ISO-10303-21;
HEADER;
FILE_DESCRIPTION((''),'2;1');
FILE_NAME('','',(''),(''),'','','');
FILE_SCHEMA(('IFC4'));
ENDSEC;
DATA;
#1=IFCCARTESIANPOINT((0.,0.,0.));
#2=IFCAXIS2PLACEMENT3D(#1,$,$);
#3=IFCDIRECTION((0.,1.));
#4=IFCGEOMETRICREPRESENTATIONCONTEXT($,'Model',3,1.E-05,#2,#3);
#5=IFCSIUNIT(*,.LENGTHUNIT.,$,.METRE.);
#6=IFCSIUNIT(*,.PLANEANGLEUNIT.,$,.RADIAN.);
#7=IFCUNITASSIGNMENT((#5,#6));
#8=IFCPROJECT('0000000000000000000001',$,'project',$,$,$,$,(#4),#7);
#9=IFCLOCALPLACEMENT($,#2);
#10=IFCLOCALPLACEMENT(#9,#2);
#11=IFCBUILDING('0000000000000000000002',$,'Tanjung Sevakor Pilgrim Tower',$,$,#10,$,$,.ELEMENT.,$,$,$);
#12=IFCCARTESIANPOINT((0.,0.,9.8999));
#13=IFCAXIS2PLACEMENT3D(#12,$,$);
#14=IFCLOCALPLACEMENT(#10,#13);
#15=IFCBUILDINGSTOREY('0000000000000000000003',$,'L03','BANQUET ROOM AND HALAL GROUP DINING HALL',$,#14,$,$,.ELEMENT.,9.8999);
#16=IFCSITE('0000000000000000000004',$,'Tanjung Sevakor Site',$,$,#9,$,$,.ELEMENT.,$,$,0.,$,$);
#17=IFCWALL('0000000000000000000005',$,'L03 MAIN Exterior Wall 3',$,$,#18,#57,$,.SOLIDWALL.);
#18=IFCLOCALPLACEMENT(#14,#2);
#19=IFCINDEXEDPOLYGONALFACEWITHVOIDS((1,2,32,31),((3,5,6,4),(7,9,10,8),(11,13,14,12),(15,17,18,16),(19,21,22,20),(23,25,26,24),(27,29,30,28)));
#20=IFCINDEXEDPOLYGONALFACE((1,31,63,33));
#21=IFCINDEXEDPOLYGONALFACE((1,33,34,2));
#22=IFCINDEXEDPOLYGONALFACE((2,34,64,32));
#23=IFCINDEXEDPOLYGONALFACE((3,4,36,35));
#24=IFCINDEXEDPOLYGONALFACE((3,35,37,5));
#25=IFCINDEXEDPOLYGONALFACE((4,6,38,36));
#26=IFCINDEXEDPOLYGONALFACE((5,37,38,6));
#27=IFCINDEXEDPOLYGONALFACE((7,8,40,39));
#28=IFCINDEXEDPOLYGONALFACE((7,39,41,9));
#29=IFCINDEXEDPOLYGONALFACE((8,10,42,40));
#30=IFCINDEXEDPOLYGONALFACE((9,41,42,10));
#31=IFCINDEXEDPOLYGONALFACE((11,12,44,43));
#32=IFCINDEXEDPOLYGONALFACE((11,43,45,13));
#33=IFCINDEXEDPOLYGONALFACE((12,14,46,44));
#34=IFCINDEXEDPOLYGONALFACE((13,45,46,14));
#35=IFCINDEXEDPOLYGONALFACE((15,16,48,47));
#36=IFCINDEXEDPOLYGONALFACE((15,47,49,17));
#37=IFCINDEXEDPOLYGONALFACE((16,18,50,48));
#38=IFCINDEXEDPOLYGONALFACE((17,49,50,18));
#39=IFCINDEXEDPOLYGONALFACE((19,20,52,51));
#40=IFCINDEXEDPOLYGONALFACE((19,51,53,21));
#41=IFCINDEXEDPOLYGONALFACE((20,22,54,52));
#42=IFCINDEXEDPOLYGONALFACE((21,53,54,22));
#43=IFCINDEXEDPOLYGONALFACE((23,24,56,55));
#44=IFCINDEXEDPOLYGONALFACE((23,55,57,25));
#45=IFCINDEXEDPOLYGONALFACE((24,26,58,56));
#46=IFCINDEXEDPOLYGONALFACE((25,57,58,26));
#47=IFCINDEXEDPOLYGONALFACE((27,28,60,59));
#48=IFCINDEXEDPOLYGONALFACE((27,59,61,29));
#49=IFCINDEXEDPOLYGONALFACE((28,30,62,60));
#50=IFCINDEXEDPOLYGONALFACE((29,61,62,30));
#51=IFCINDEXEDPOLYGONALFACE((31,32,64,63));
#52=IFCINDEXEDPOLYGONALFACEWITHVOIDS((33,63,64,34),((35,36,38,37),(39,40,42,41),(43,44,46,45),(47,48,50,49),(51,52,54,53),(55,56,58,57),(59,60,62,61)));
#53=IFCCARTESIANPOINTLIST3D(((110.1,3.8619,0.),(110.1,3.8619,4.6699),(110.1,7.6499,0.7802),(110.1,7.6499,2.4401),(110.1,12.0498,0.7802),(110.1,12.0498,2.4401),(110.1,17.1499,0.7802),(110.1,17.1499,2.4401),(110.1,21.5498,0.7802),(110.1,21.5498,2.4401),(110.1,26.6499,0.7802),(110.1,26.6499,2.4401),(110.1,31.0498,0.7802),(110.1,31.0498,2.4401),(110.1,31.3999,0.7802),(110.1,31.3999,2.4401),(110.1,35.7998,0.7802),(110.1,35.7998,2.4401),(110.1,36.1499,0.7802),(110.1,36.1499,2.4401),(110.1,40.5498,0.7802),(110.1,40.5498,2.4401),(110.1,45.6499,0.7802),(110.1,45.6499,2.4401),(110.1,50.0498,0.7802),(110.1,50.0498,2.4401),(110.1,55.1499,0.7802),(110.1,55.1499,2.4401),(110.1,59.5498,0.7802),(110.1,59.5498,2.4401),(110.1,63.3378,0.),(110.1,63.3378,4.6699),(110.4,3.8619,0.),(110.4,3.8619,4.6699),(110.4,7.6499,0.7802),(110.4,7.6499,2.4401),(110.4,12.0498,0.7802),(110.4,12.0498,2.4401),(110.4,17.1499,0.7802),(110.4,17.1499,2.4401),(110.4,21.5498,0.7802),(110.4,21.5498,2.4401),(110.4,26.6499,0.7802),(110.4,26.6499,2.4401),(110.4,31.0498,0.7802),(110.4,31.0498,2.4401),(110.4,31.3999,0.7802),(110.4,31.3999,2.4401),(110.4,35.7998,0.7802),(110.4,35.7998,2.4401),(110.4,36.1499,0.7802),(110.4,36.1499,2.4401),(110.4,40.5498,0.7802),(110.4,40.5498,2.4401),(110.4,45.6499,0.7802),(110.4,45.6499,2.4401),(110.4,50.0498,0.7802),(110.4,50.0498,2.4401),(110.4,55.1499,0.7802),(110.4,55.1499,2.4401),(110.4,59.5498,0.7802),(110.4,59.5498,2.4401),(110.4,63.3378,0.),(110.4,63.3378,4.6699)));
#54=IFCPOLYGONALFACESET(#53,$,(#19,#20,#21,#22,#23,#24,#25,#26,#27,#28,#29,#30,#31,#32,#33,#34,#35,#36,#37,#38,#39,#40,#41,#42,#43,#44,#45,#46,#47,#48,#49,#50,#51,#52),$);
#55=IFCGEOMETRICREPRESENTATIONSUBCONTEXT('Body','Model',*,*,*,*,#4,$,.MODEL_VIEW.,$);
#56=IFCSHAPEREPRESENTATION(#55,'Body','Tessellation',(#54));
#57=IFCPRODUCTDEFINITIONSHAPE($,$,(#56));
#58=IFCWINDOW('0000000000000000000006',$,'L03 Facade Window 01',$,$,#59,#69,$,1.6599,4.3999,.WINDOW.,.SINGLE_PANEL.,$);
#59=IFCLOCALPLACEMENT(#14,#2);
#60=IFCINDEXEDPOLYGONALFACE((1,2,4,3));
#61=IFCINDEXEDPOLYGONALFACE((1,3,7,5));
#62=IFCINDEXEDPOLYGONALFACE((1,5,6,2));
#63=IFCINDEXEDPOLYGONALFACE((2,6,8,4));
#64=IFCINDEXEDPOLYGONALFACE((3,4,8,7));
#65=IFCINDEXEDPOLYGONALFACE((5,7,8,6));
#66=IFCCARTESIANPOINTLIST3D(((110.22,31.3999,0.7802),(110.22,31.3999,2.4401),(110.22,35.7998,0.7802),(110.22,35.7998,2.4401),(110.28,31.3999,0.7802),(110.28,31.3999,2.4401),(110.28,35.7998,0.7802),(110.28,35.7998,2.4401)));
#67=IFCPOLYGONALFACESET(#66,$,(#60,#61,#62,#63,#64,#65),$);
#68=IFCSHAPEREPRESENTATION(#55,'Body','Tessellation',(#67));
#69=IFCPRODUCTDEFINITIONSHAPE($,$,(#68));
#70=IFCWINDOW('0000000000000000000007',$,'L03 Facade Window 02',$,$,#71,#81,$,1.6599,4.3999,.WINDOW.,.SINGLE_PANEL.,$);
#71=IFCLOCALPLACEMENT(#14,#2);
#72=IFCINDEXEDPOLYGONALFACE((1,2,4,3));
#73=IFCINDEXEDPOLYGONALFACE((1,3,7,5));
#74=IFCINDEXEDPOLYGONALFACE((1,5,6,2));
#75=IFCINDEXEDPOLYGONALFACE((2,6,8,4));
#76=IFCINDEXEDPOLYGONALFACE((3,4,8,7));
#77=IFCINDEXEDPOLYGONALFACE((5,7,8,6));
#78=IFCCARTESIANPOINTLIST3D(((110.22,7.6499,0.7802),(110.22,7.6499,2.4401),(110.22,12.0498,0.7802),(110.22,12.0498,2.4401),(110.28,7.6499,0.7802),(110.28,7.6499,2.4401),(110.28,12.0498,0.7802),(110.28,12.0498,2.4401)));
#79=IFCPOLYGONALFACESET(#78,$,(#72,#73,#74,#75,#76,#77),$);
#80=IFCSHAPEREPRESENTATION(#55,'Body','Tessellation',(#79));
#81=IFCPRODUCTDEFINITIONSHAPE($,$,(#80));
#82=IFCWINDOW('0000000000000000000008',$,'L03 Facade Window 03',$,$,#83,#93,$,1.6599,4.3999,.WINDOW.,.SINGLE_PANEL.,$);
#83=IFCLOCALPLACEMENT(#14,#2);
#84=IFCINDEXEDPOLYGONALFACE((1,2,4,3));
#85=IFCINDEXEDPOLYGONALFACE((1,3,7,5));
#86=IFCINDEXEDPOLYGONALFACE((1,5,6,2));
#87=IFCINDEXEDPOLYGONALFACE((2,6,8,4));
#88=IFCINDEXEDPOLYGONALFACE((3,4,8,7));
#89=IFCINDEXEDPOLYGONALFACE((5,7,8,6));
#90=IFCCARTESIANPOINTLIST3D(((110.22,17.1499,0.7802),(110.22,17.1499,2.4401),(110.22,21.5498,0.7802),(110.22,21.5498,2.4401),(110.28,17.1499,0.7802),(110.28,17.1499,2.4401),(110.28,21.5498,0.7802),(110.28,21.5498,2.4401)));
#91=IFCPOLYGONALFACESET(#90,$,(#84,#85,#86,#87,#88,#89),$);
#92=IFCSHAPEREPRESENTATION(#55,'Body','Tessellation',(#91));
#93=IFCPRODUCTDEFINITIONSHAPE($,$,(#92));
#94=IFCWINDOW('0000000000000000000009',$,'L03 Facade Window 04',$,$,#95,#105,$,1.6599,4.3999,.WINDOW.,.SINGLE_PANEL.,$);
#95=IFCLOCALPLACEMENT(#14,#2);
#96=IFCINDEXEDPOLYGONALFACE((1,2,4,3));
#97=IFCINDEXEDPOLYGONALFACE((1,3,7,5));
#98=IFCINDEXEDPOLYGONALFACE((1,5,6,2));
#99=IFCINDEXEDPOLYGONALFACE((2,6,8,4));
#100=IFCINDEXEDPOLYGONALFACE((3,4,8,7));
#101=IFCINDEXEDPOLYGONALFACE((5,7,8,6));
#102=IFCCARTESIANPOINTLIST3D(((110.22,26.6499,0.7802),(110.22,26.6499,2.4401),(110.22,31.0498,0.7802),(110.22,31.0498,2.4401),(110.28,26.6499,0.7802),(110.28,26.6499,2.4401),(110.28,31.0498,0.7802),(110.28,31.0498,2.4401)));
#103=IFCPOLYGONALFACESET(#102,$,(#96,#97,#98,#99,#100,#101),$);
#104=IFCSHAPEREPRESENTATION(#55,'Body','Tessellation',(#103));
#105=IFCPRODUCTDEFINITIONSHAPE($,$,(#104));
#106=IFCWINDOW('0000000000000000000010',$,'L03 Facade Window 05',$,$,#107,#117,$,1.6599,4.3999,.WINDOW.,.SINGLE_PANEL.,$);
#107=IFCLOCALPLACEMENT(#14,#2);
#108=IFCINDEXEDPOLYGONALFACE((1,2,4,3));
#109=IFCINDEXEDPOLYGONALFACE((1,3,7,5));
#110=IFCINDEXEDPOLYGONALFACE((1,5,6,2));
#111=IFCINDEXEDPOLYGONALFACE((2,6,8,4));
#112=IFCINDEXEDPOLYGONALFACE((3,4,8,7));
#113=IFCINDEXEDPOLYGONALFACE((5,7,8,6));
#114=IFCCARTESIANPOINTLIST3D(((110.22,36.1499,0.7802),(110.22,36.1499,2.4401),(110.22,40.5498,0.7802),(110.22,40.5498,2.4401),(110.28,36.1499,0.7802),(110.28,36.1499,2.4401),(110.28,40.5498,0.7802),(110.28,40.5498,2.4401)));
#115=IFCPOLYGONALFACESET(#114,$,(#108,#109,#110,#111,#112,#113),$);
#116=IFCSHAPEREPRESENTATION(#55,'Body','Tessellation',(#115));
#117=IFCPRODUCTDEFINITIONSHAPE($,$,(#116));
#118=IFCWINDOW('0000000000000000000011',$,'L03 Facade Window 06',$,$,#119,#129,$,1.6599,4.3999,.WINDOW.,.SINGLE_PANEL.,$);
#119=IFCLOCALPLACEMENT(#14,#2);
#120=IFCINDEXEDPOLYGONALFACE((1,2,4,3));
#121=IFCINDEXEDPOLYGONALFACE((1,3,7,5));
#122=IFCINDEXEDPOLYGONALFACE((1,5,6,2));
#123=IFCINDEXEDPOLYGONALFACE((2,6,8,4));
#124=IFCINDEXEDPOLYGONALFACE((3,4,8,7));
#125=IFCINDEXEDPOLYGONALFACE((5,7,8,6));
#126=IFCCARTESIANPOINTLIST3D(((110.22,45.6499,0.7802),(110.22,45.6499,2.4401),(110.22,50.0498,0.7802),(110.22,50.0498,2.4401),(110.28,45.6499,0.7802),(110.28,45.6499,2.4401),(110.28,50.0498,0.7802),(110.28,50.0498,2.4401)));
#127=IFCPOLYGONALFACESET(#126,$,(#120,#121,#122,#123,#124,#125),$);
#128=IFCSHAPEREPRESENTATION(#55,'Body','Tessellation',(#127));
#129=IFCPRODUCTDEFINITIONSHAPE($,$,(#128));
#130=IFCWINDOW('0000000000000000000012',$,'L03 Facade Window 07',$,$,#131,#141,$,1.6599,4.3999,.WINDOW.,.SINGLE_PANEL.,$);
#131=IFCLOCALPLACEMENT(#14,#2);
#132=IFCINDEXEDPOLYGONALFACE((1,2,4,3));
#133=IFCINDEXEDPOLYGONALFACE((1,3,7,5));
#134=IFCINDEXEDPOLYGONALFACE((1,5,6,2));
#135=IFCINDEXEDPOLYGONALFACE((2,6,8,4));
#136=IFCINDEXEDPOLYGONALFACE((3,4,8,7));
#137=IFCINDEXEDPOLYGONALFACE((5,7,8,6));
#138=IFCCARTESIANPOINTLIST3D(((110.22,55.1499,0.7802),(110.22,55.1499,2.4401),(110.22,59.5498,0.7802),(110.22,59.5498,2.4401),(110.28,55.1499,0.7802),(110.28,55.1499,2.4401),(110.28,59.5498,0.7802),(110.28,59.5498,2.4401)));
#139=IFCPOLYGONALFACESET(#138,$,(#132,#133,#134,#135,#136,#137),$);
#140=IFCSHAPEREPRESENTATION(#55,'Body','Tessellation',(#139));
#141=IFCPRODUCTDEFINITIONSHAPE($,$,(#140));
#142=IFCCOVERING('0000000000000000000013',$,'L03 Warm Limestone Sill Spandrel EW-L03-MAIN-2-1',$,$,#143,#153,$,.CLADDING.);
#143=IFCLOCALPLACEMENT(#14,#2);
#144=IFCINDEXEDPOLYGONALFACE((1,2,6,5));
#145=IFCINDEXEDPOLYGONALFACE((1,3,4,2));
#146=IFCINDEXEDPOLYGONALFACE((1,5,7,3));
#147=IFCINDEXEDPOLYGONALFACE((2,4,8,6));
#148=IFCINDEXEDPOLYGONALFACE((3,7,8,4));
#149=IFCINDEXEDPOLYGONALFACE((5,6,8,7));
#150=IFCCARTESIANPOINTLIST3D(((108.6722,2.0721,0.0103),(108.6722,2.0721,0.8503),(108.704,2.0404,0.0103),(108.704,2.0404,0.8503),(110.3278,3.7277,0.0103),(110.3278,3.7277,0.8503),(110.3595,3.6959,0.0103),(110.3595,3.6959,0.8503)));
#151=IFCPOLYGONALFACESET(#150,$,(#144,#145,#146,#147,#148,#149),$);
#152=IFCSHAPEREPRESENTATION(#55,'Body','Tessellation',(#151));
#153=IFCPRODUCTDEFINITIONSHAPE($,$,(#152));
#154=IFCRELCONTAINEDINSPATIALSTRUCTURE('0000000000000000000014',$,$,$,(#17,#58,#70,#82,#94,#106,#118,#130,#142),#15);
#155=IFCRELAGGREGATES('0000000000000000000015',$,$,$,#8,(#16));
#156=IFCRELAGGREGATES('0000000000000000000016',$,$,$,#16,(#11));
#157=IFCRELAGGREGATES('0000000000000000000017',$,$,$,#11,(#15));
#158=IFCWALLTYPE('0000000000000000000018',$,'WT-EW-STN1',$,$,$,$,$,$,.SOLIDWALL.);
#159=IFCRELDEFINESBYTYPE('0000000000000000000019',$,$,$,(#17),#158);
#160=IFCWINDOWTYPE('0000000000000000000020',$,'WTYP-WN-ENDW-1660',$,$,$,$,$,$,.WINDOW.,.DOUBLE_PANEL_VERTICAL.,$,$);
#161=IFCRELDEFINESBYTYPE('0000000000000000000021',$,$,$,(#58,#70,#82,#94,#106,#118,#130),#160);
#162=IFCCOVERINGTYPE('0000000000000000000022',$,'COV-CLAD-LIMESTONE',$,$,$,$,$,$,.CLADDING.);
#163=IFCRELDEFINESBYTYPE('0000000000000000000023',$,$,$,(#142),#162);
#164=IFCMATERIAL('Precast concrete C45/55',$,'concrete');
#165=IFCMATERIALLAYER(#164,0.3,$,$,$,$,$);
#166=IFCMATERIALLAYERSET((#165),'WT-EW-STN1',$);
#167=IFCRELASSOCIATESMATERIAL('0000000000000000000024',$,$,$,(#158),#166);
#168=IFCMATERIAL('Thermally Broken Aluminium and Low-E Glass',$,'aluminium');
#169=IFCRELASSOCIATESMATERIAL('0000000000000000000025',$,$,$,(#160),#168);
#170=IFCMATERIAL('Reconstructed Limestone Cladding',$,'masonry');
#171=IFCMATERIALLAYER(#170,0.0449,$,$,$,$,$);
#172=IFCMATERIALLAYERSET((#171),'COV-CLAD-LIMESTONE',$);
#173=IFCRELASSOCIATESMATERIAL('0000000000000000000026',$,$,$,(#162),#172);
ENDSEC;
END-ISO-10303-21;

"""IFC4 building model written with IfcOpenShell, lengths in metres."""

from ifc_helpers import new_model, si_unit, direction, frame, frame_2d, origin, origin_2d, place, context, subcontext, project, spatial, rectangle, extrude, material, layer, layer_set, type_object, element, fill, save


model = new_model("IFC4")

# Units and contexts
model_context = context("Model", 3, precision=1e-05, world=origin(), true_north=direction((0.0, 1.0)))
body_context = subcontext(model_context, "Body", "Model", "MODEL_VIEW")
ifc_project = project(units=[si_unit("LENGTHUNIT", "METRE"), si_unit("PLANEANGLEUNIT", "RADIAN")], contexts=[model_context])

# Site, building, storey
site_placement = place(None, origin())
site = spatial("IfcSite", under=ifc_project, at=site_placement, Name="Tanjung Sevakor Site", CompositionType="ELEMENT", RefElevation=0.0)
building_placement = place(site_placement, origin())
building = spatial("IfcBuilding", under=site, at=building_placement, Name="Tanjung Sevakor Pilgrim Tower", CompositionType="ELEMENT")
storey_placement = place(building_placement, frame((0.0, 0.0, 9.8999)))
storey = spatial("IfcBuildingStorey", under=building, at=storey_placement, Name="L03", Description="BANQUET ROOM AND HALAL GROUP DINING HALL", CompositionType="ELEMENT", Elevation=9.8999)

# Shared definitions
ifc_material_1 = material(Name="Precast concrete C45/55", Category="concrete")
ifc_layer_1 = layer(ifc_material_1, 0.3)
ifc_layer_set_1 = layer_set([ifc_layer_1], Name="WT-EW-STN1")
wall_type = type_object("IfcWallType", Name="WT-EW-STN1", PredefinedType="SOLIDWALL", material=ifc_layer_set_1)

# Wall, openings, windows
wall_1_placement = place(storey_placement, frame((110.25, 3.8621, 0.0), z_axis=(0.0, 0.0, 1.0), x_axis=(0.0, 1.0, 0.0)))
wall_1 = element("IfcWall", 1, at=wall_1_placement, inside=storey, type_object=wall_type, Name="L03 MAIN Exterior Wall 3", PredefinedType="SOLIDWALL", context=body_context, shape_type="SweptSolid", body=[
    extrude(rectangle(XDim=59.4758, YDim=0.3, at=frame_2d((29.7378, 0.0))), origin(), (0.0, 0.0, 1.0), 4.6699),
])
opening_1_placement = place(wall_1_placement, frame((27.5378, 0.0, 0.78)))
opening_1 = element("IfcOpeningElement", 2, at=opening_1_placement, cuts=wall_1, PredefinedType="OPENING", context=body_context, shape_type="SweptSolid", body=[
    extrude(rectangle(XDim=4.3999, YDim=1.6599, at=frame_2d((2.2, 0.8301))), frame((0.0, 0.1599, 0.0), z_axis=(0.0, -1.0, 0.0), x_axis=(1.0, 0.0, 0.0)), (0.0, 0.0, 1.0), 0.3201),
])
opening_2_placement = place(wall_1_placement, frame((3.7878, 0.0, 0.78)))
opening_2 = element("IfcOpeningElement", 3, at=opening_2_placement, cuts=wall_1, PredefinedType="OPENING", context=body_context, shape_type="SweptSolid", body=[
    extrude(rectangle(XDim=4.3999, YDim=1.6599, at=frame_2d((2.2, 0.8301))), frame((0.0, 0.1599, 0.0), z_axis=(0.0, -1.0, 0.0), x_axis=(1.0, 0.0, 0.0)), (0.0, 0.0, 1.0), 0.3201),
])
opening_3_placement = place(wall_1_placement, frame((13.2878, 0.0, 0.78)))
opening_3 = element("IfcOpeningElement", 4, at=opening_3_placement, cuts=wall_1, PredefinedType="OPENING", context=body_context, shape_type="SweptSolid", body=[
    extrude(rectangle(XDim=4.3999, YDim=1.6599, at=frame_2d((2.2, 0.8301))), frame((0.0, 0.1599, 0.0), z_axis=(0.0, -1.0, 0.0), x_axis=(1.0, 0.0, 0.0)), (0.0, 0.0, 1.0), 0.3201),
])
opening_4_placement = place(wall_1_placement, frame((22.7878, 0.0, 0.78)))
opening_4 = element("IfcOpeningElement", 5, at=opening_4_placement, cuts=wall_1, PredefinedType="OPENING", context=body_context, shape_type="SweptSolid", body=[
    extrude(rectangle(XDim=4.3999, YDim=1.6599, at=frame_2d((2.2, 0.8301))), frame((0.0, 0.1599, 0.0), z_axis=(0.0, -1.0, 0.0), x_axis=(1.0, 0.0, 0.0)), (0.0, 0.0, 1.0), 0.3201),
])
opening_5_placement = place(wall_1_placement, frame((32.2878, 0.0, 0.78)))
opening_5 = element("IfcOpeningElement", 6, at=opening_5_placement, cuts=wall_1, PredefinedType="OPENING", context=body_context, shape_type="SweptSolid", body=[
    extrude(rectangle(XDim=4.3999, YDim=1.6599, at=frame_2d((2.2, 0.8301))), frame((0.0, 0.1599, 0.0), z_axis=(0.0, -1.0, 0.0), x_axis=(1.0, 0.0, 0.0)), (0.0, 0.0, 1.0), 0.3201),
])
opening_6_placement = place(wall_1_placement, frame((41.7878, 0.0, 0.78)))
opening_6 = element("IfcOpeningElement", 7, at=opening_6_placement, cuts=wall_1, PredefinedType="OPENING", context=body_context, shape_type="SweptSolid", body=[
    extrude(rectangle(XDim=4.3999, YDim=1.6599, at=frame_2d((2.2, 0.8301))), frame((0.0, 0.1599, 0.0), z_axis=(0.0, -1.0, 0.0), x_axis=(1.0, 0.0, 0.0)), (0.0, 0.0, 1.0), 0.3201),
])
opening_7_placement = place(wall_1_placement, frame((51.2878, 0.0, 0.78)))
opening_7 = element("IfcOpeningElement", 8, at=opening_7_placement, cuts=wall_1, PredefinedType="OPENING", context=body_context, shape_type="SweptSolid", body=[
    extrude(rectangle(XDim=4.3999, YDim=1.6599, at=frame_2d((2.2, 0.8301))), frame((0.0, 0.1599, 0.0), z_axis=(0.0, -1.0, 0.0), x_axis=(1.0, 0.0, 0.0)), (0.0, 0.0, 1.0), 0.3201),
])
ifc_material_2 = material(Name="Thermally Broken Aluminium and Low-E Glass", Category="aluminium")
window_type_1 = type_object("IfcWindowType", Name="WTYP-WN-ENDW-1660", PartitioningType="DOUBLE_PANEL_VERTICAL", PredefinedType="WINDOW", material=ifc_material_2)
window_1_placement = place(opening_1_placement, origin())
window_1 = element("IfcWindow", 9, at=window_1_placement, inside=storey, type_object=window_type_1, Name="L03 Facade Window 01", OverallHeight=1.6599, OverallWidth=4.3999, PartitioningType="SINGLE_PANEL", PredefinedType="WINDOW", context=body_context, shape_type="SweptSolid", body=[
    extrude(rectangle(XDim=4.3999, YDim=1.6599, at=frame_2d((2.2, 0.8301))), frame((0.0, 0.03, 0.0), z_axis=(0.0, -1.0, 0.0), x_axis=(1.0, 0.0, 0.0)), (0.0, 0.0, 1.0), 0.0601),
])
fill(opening_1, window_1)
window_2_placement = place(opening_2_placement, origin())
window_2 = element("IfcWindow", 10, at=window_2_placement, inside=storey, type_object=window_type_1, Name="L03 Facade Window 02", OverallHeight=1.6599, OverallWidth=4.3999, PartitioningType="SINGLE_PANEL", PredefinedType="WINDOW", context=body_context, shape_type="SweptSolid", body=[
    extrude(rectangle(XDim=4.3999, YDim=1.6599, at=frame_2d((2.2, 0.8301))), frame((0.0, 0.03, 0.0), z_axis=(0.0, -1.0, 0.0), x_axis=(1.0, 0.0, 0.0)), (0.0, 0.0, 1.0), 0.0601),
])
fill(opening_2, window_2)
window_3_placement = place(opening_3_placement, origin())
window_3 = element("IfcWindow", 11, at=window_3_placement, inside=storey, type_object=window_type_1, Name="L03 Facade Window 03", OverallHeight=1.6599, OverallWidth=4.3999, PartitioningType="SINGLE_PANEL", PredefinedType="WINDOW", context=body_context, shape_type="SweptSolid", body=[
    extrude(rectangle(XDim=4.3999, YDim=1.6599, at=frame_2d((2.2, 0.8301))), frame((0.0, 0.03, 0.0), z_axis=(0.0, -1.0, 0.0), x_axis=(1.0, 0.0, 0.0)), (0.0, 0.0, 1.0), 0.0601),
])
fill(opening_3, window_3)
window_4_placement = place(opening_4_placement, origin())
window_4 = element("IfcWindow", 12, at=window_4_placement, inside=storey, type_object=window_type_1, Name="L03 Facade Window 04", OverallHeight=1.6599, OverallWidth=4.3999, PartitioningType="SINGLE_PANEL", PredefinedType="WINDOW", context=body_context, shape_type="SweptSolid", body=[
    extrude(rectangle(XDim=4.3999, YDim=1.6599, at=frame_2d((2.2, 0.8301))), frame((0.0, 0.03, 0.0), z_axis=(0.0, -1.0, 0.0), x_axis=(1.0, 0.0, 0.0)), (0.0, 0.0, 1.0), 0.0601),
])
fill(opening_4, window_4)
window_5_placement = place(opening_5_placement, origin())
window_5 = element("IfcWindow", 13, at=window_5_placement, inside=storey, type_object=window_type_1, Name="L03 Facade Window 05", OverallHeight=1.6599, OverallWidth=4.3999, PartitioningType="SINGLE_PANEL", PredefinedType="WINDOW", context=body_context, shape_type="SweptSolid", body=[
    extrude(rectangle(XDim=4.3999, YDim=1.6599, at=frame_2d((2.2, 0.8301))), frame((0.0, 0.03, 0.0), z_axis=(0.0, -1.0, 0.0), x_axis=(1.0, 0.0, 0.0)), (0.0, 0.0, 1.0), 0.0601),
])
fill(opening_5, window_5)
window_6_placement = place(opening_6_placement, origin())
window_6 = element("IfcWindow", 14, at=window_6_placement, inside=storey, type_object=window_type_1, Name="L03 Facade Window 06", OverallHeight=1.6599, OverallWidth=4.3999, PartitioningType="SINGLE_PANEL", PredefinedType="WINDOW", context=body_context, shape_type="SweptSolid", body=[
    extrude(rectangle(XDim=4.3999, YDim=1.6599, at=frame_2d((2.2, 0.8301))), frame((0.0, 0.03, 0.0), z_axis=(0.0, -1.0, 0.0), x_axis=(1.0, 0.0, 0.0)), (0.0, 0.0, 1.0), 0.0601),
])
fill(opening_6, window_6)
window_7_placement = place(opening_7_placement, origin())
window_7 = element("IfcWindow", 15, at=window_7_placement, inside=storey, type_object=window_type_1, Name="L03 Facade Window 07", OverallHeight=1.6599, OverallWidth=4.3999, PartitioningType="SINGLE_PANEL", PredefinedType="WINDOW", context=body_context, shape_type="SweptSolid", body=[
    extrude(rectangle(XDim=4.3999, YDim=1.6599, at=frame_2d((2.2, 0.8301))), frame((0.0, 0.03, 0.0), z_axis=(0.0, -1.0, 0.0), x_axis=(1.0, 0.0, 0.0)), (0.0, 0.0, 1.0), 0.0601),
])
fill(opening_7, window_7)

# Covering
ifc_material_3 = material(Name="Reconstructed Limestone Cladding", Category="masonry")
ifc_layer_2 = layer(ifc_material_3, 0.0449)
ifc_layer_set_2 = layer_set([ifc_layer_2], Name="COV-CLAD-LIMESTONE")
covering_type = type_object("IfcCoveringType", Name="COV-CLAD-LIMESTONE", PredefinedType="CLADDING", material=ifc_layer_set_2)
covering_placement = place(storey_placement, frame((109.5159, 2.884, 0.0103), z_axis=(0.0, 0.0, 1.0), x_axis=(0.707107, 0.707107, 0.0)))
element("IfcCovering", 16, at=covering_placement, inside=storey, type_object=covering_type, Name="L03 Warm Limestone Sill Spandrel EW-L03-MAIN-2-1", PredefinedType="CLADDING", context=body_context, shape_type="SweptSolid", body=[
    extrude(rectangle(XDim=2.3413, YDim=0.0449, at=origin_2d()), origin(), (0.0, 0.0, 1.0), 0.8401),
])

save(model, "model.ifc")
